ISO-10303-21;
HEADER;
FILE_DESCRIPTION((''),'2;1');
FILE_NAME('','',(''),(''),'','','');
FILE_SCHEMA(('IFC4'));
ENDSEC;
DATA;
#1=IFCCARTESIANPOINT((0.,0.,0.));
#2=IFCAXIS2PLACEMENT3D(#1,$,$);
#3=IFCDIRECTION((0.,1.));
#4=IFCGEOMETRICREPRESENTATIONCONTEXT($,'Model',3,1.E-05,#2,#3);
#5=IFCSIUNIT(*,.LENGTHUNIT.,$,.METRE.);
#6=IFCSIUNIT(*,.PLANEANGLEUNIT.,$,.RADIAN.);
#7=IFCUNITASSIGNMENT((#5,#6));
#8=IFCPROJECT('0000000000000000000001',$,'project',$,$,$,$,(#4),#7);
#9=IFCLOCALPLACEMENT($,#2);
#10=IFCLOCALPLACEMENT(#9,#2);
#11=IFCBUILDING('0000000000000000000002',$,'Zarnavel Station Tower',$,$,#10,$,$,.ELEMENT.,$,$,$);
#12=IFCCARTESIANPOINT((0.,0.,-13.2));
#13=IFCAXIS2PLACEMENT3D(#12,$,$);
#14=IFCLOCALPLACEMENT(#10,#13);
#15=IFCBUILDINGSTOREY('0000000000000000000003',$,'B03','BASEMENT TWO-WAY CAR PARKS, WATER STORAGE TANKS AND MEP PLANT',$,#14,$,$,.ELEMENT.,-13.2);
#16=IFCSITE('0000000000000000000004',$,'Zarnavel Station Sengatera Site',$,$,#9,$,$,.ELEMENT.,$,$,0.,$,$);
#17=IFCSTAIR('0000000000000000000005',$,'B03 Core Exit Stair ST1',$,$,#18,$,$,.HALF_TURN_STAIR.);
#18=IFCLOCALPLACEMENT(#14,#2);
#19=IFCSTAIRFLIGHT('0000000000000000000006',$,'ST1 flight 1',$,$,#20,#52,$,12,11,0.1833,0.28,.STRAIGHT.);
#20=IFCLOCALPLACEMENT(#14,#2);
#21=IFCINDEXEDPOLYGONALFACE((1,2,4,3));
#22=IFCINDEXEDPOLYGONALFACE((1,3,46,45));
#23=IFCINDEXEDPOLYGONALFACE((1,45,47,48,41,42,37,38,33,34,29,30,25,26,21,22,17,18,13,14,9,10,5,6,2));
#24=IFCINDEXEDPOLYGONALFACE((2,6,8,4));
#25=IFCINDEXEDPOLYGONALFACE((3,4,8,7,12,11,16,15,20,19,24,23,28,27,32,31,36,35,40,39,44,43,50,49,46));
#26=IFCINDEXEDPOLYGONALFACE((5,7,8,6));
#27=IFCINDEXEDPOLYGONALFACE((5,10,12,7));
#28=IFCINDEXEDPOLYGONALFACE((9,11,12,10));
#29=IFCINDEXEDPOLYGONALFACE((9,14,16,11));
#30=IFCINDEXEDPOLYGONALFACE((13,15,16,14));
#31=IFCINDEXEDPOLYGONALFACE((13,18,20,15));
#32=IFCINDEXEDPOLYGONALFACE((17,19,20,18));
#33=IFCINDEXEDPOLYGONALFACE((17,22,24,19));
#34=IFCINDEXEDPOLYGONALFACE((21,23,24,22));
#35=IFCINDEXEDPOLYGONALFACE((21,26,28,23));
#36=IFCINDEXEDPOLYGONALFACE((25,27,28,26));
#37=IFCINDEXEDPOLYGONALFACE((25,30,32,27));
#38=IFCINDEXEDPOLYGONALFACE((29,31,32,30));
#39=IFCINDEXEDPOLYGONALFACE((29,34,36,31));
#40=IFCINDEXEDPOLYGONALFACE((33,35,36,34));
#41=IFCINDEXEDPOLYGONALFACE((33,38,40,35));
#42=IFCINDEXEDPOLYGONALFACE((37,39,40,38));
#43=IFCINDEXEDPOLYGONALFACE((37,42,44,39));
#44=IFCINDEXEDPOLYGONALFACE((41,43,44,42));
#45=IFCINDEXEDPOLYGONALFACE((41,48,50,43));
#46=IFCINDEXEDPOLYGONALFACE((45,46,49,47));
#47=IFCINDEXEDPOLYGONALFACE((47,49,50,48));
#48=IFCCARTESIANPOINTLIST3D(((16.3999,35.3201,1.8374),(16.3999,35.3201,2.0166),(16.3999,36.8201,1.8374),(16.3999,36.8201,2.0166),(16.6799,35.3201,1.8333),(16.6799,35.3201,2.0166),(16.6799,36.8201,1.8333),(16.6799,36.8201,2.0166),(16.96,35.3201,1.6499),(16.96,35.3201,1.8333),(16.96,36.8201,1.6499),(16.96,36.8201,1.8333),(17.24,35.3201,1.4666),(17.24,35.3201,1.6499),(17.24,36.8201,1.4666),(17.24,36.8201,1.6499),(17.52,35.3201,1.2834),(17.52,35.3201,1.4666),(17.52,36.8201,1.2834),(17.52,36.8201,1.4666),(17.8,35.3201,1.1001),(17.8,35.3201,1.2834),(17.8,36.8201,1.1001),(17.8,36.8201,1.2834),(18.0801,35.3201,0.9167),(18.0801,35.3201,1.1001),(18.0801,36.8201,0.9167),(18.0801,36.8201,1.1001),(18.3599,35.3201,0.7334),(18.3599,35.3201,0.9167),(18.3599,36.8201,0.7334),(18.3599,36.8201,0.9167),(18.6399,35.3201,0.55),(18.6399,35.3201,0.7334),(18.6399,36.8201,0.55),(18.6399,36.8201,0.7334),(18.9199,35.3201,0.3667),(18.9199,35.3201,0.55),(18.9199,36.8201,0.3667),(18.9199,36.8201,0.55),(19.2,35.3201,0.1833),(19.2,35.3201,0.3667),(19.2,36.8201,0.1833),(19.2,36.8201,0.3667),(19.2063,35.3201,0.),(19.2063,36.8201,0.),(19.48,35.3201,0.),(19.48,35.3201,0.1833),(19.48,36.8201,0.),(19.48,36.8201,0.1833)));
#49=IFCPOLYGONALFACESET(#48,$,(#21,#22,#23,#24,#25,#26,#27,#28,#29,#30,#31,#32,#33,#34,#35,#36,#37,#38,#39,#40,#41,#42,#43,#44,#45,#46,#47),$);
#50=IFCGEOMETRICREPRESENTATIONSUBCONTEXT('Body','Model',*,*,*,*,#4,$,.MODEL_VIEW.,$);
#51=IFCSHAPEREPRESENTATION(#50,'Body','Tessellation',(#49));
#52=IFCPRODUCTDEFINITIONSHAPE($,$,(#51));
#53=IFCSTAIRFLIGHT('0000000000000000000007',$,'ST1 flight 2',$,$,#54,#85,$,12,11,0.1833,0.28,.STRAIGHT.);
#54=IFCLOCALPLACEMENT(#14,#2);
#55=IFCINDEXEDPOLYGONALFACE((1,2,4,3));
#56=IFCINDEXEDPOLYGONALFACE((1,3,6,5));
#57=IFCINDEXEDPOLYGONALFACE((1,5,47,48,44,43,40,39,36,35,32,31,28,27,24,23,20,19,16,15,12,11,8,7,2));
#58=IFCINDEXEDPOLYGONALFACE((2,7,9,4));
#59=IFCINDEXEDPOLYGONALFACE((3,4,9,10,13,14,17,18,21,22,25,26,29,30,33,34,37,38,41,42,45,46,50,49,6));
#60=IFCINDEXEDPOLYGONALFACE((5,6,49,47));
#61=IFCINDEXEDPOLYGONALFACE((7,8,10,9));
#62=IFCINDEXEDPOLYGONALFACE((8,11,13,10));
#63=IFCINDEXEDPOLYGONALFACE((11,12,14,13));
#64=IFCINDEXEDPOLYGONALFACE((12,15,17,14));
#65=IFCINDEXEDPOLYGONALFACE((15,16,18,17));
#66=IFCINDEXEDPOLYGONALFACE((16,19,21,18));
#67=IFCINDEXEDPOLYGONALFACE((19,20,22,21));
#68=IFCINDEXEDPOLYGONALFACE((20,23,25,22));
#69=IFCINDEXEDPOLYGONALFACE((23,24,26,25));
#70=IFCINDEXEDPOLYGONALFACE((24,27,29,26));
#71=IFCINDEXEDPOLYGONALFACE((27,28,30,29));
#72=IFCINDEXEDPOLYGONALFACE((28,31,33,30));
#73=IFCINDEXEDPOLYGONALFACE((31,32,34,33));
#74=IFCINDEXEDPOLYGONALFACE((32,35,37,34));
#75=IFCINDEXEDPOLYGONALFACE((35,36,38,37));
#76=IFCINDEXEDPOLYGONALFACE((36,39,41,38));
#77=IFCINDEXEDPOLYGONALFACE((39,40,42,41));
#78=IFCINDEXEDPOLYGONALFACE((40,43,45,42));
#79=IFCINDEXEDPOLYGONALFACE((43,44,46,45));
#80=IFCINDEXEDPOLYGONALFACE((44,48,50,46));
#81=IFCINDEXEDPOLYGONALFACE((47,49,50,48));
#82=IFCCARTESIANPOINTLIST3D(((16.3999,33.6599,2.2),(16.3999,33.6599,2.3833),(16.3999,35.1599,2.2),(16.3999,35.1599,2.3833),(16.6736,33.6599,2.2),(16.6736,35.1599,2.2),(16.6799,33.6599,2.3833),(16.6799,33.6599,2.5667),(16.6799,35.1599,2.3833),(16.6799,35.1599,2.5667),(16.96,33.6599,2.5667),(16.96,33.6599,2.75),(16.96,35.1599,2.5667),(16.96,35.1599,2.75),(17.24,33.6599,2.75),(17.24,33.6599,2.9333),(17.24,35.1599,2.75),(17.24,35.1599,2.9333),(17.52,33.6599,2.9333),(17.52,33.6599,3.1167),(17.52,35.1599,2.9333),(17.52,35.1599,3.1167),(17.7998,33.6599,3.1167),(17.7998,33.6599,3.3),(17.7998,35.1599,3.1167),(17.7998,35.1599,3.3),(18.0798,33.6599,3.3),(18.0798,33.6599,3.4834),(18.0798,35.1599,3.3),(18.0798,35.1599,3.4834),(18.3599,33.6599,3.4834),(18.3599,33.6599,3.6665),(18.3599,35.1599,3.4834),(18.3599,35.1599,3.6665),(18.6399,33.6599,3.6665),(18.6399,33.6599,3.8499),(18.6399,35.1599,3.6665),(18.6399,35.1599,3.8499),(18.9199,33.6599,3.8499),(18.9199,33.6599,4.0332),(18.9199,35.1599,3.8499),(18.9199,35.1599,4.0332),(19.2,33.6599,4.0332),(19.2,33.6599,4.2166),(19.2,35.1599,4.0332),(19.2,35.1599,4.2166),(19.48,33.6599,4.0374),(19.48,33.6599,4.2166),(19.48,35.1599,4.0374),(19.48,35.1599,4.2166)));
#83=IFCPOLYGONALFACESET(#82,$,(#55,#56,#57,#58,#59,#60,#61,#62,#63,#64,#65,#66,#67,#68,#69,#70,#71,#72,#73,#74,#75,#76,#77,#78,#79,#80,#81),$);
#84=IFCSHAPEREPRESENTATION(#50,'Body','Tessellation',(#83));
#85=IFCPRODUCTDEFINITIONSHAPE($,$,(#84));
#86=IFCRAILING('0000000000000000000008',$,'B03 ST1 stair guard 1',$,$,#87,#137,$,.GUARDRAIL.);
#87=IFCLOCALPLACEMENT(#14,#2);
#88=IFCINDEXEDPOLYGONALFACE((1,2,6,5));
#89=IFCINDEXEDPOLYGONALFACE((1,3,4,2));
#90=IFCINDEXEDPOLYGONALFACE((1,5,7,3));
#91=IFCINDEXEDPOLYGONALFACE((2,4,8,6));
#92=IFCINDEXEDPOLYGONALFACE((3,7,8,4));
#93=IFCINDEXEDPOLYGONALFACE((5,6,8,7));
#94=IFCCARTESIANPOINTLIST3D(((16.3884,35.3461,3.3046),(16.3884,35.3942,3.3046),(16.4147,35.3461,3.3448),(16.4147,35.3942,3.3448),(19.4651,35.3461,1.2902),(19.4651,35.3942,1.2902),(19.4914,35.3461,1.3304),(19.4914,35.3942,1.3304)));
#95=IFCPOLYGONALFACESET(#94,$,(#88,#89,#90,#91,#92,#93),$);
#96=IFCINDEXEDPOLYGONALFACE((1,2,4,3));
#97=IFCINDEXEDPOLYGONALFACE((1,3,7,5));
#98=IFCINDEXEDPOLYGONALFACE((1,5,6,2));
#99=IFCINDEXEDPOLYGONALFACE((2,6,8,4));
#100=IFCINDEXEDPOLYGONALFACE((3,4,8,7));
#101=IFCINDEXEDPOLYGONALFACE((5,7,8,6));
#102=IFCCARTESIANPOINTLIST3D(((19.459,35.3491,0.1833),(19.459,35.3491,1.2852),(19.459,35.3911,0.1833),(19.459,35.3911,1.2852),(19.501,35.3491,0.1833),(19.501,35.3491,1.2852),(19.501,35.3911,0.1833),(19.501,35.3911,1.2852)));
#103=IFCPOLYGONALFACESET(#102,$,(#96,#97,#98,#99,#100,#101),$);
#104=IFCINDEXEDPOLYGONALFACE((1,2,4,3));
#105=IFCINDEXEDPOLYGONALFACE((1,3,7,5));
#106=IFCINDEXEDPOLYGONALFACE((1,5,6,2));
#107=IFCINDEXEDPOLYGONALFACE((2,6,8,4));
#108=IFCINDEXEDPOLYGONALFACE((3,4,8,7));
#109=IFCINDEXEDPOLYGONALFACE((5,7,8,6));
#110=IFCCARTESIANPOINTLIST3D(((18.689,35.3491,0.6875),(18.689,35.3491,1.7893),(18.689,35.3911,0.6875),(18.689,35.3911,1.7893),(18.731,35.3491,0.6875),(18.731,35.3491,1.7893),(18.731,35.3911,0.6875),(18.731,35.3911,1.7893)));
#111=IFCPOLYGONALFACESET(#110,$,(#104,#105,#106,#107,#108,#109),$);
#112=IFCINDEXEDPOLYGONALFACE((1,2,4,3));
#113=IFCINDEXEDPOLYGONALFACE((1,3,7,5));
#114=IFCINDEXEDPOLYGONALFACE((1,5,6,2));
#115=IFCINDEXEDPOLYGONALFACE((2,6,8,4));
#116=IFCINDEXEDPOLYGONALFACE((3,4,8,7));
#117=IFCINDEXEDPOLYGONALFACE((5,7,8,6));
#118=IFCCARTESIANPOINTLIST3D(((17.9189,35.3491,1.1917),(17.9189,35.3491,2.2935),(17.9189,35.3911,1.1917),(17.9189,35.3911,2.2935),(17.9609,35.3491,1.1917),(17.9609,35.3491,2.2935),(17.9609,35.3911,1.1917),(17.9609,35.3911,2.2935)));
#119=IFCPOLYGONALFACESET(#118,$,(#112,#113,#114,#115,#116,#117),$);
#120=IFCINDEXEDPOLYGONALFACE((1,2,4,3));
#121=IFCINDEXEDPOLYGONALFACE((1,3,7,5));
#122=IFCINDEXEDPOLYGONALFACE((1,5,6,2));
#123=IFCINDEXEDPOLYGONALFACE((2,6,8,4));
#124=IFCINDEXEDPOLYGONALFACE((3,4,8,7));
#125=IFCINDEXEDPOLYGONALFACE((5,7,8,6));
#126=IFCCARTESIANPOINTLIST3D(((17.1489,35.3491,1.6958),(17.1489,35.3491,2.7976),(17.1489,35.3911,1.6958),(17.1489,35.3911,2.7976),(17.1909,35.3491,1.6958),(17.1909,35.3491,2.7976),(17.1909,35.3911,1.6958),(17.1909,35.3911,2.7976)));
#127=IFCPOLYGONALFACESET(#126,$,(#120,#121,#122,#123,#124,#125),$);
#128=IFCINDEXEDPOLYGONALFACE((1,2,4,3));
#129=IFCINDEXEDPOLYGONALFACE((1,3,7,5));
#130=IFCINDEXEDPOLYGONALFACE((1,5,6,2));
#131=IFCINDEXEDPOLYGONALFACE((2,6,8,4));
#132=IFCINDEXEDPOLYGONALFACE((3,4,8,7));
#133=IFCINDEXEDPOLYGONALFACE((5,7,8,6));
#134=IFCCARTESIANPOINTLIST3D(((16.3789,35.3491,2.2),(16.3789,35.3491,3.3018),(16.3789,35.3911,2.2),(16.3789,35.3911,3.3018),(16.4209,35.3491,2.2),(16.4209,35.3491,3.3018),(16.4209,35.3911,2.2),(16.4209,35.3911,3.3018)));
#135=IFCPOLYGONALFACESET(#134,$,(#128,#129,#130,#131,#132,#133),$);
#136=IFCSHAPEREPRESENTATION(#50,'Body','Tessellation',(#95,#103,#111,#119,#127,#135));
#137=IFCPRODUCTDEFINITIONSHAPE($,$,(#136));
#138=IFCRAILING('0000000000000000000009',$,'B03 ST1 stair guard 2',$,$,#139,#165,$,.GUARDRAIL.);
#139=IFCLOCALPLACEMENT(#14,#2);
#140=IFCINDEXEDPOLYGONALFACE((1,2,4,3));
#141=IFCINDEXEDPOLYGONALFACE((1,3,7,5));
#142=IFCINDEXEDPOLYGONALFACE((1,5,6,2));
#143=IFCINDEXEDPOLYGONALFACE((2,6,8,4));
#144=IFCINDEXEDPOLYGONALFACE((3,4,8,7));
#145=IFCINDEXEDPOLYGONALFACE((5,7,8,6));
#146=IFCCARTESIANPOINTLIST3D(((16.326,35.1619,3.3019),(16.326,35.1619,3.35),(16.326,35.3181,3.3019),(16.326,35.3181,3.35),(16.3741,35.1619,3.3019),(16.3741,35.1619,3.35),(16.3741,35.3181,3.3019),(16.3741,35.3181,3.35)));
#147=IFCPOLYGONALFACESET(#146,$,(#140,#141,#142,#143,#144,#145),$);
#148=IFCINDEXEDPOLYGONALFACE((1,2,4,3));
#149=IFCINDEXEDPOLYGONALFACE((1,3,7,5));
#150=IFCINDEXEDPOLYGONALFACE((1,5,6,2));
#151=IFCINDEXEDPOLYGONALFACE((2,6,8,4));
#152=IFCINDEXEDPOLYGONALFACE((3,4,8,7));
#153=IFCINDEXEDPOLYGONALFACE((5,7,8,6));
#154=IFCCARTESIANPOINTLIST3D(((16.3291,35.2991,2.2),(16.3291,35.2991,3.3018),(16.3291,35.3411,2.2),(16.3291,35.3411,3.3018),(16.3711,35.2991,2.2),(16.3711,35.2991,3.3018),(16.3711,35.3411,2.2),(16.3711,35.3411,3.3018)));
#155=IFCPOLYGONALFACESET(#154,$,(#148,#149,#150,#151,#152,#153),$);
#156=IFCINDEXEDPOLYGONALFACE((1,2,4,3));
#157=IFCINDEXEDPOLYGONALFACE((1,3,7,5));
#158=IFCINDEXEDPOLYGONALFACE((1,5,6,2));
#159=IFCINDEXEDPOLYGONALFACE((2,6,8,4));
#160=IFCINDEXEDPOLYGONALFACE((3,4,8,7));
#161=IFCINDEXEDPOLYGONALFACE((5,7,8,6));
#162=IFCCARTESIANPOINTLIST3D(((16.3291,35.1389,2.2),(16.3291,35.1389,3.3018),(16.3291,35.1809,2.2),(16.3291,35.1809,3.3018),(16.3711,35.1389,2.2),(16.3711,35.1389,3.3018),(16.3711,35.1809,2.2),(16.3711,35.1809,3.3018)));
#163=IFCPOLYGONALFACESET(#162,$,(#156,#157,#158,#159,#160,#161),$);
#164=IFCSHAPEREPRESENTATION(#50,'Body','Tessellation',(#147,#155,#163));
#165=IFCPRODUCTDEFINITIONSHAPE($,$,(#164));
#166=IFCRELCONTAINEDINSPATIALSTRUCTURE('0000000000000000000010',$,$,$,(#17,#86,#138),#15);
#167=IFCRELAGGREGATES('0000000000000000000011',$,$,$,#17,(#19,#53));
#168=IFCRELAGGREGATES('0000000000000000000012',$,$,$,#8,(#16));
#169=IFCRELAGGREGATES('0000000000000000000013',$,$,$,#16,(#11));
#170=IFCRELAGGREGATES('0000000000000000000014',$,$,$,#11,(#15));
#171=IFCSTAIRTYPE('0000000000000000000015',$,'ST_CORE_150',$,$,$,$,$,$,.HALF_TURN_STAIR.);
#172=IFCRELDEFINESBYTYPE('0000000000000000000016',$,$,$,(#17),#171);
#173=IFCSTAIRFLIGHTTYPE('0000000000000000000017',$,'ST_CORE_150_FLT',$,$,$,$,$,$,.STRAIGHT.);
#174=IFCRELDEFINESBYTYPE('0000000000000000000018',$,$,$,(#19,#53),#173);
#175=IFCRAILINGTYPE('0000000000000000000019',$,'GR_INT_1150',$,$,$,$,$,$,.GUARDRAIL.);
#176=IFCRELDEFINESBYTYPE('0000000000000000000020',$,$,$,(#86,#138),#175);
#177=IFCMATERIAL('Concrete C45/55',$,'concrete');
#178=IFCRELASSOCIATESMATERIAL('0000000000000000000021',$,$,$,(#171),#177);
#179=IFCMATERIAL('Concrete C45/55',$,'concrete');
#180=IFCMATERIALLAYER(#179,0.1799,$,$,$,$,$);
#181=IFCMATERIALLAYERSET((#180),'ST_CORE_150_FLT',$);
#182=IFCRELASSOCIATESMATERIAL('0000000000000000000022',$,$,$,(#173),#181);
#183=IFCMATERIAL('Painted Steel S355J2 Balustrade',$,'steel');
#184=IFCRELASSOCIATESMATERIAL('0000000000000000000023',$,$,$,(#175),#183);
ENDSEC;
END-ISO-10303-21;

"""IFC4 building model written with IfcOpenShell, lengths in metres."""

from ifc_helpers import new_model, si_unit, direction, frame, origin, origin_2d, place, context, subcontext, project, spatial, polyline, rectangle, outline, extrude, material, layer, layer_set, type_object, element, aggregate, save


model = new_model("IFC4")

# Units and contexts
model_context = context("Model", 3, precision=1e-05, world=origin(), true_north=direction((0.0, 1.0)))
body_context = subcontext(model_context, "Body", "Model", "MODEL_VIEW")
ifc_project = project(units=[si_unit("LENGTHUNIT", "METRE"), si_unit("PLANEANGLEUNIT", "RADIAN")], contexts=[model_context])

# Site, building, storey
site_placement = place(None, origin())
site = spatial("IfcSite", under=ifc_project, at=site_placement, Name="Zarnavel Station Sengatera Site", CompositionType="ELEMENT", RefElevation=0.0)
building_placement = place(site_placement, origin())
building = spatial("IfcBuilding", under=site, at=building_placement, Name="Zarnavel Station Tower", CompositionType="ELEMENT")
storey_placement = place(building_placement, frame((0.0, 0.0, -13.2)))
storey = spatial("IfcBuildingStorey", under=building, at=storey_placement, Name="B03", Description="BASEMENT TWO-WAY CAR PARKS, WATER STORAGE TANKS AND MEP PLANT", CompositionType="ELEMENT", Elevation=-13.2)

# Stair, stair flights
ifc_material_1 = material(Name="Concrete C45/55", Category="concrete")
stair_type = type_object("IfcStairType", Name="ST_CORE_150", PredefinedType="HALF_TURN_STAIR", material=ifc_material_1)
stair_placement = place(storey_placement, origin())
stair = element("IfcStair", 1, at=stair_placement, inside=storey, type_object=stair_type, Name="B03 Core Exit Stair ST1", PredefinedType="HALF_TURN_STAIR")
ifc_material_2 = material(Name="Concrete C45/55", Category="concrete")
ifc_layer_1 = layer(ifc_material_2, 0.1799)
ifc_layer_set_1 = layer_set([ifc_layer_1], Name="ST_CORE_150_FLT")
stair_flight_type = type_object("IfcStairFlightType", Name="ST_CORE_150_FLT", PredefinedType="STRAIGHT", material=ifc_layer_set_1)
stair_flight_1_placement = place(storey_placement, frame((19.48, 36.0701, 0.0), z_axis=(0.0, 0.0, 1.0), x_axis=(-1.0, 0.0, 0.0)))
stair_flight_1 = element("IfcStairFlight", 2, at=stair_flight_1_placement, type_object=stair_flight_type, Name="ST1 flight 1", NumberOfRisers=12, NumberOfTreads=11, PredefinedType="STRAIGHT", RiserHeight=0.1833, TreadLength=0.28, context=body_context, shape_type="SweptSolid", body=[
    extrude(outline(polyline([(0.0, 0.0), (0.0, 0.1833), (0.28, 0.1833), (0.28, 0.3667), (0.5601, 0.3667), (0.5601, 0.55), (0.8401, 0.55), (0.8401, 0.7334), (1.1201, 0.7334), (1.1201, 0.9167), (1.3999, 0.9167), (1.3999, 1.1001), (1.6799, 1.1001), (1.6799, 1.2834), (1.96, 1.2834), (1.96, 1.4666), (2.24, 1.4666), (2.24, 1.6499), (2.52, 1.6499), (2.52, 1.8333), (2.8, 1.8333), (2.8, 2.0166), (3.0801, 2.0166), (3.0801, 2.2), (3.0801, 1.8374), (0.2737, 0.0), (0.0, 0.0)])), frame((0.0, 0.75, 0.0), z_axis=(0.0, -1.0, 0.0), x_axis=(1.0, 0.0, 0.0)), (0.0, 0.0, 1.0), 1.5),
])
stair_flight_2_placement = place(storey_placement, frame((16.3999, 34.4099, 2.2), z_axis=(0.0, 0.0, 1.0), x_axis=(1.0, 0.0, 0.0)))
stair_flight_2 = element("IfcStairFlight", 3, at=stair_flight_2_placement, type_object=stair_flight_type, Name="ST1 flight 2", NumberOfRisers=12, NumberOfTreads=11, PredefinedType="STRAIGHT", RiserHeight=0.1833, TreadLength=0.28, context=body_context, shape_type="SweptSolid", body=[
    extrude(outline(polyline([(0.0, 0.0), (0.0, 0.1833), (0.28, 0.1833), (0.28, 0.3667), (0.5601, 0.3667), (0.5601, 0.55), (0.8401, 0.55), (0.8401, 0.7334), (1.1201, 0.7334), (1.1201, 0.9167), (1.3999, 0.9167), (1.3999, 1.1001), (1.6799, 1.1001), (1.6799, 1.2834), (1.96, 1.2834), (1.96, 1.4666), (2.24, 1.4666), (2.24, 1.6499), (2.52, 1.6499), (2.52, 1.8333), (2.8, 1.8333), (2.8, 2.0166), (3.0801, 2.0166), (3.0801, 2.2), (3.0801, 1.8374), (0.2737, 0.0), (0.0, 0.0)])), frame((0.0, 0.75, 0.0), z_axis=(0.0, -1.0, 0.0), x_axis=(1.0, 0.0, 0.0)), (0.0, 0.0, 1.0), 1.5),
])
aggregate(stair, [stair_flight_1, stair_flight_2])

# Railings
ifc_material_3 = material(Name="Painted Steel S355J2 Balustrade", Category="steel")
railing_type_1 = type_object("IfcRailingType", Name="GR_INT_1150", PredefinedType="GUARDRAIL", material=ifc_material_3)
railing_1_placement = place(storey_placement, frame((19.48, 35.3701, 0.1833)))
element("IfcRailing", 4, at=railing_1_placement, inside=storey, type_object=railing_type_1, Name="B03 ST1 stair guard 1", PredefinedType="GUARDRAIL", context=body_context, shape_type="SweptSolid", body=[
    extrude(rectangle(XDim=0.0481, YDim=0.0481, at=origin_2d()), frame((-0.0017, 0.0, 1.127), z_axis=(-0.836633, 0.0, 0.547764), x_axis=(0.0, -1.0, 0.0)), (0.0, 0.0, 1.0), 3.6775),
    extrude(rectangle(XDim=0.042, YDim=0.042, at=origin_2d()), origin(), (0.0, 0.0, 1.0), 1.1018),
    extrude(rectangle(XDim=0.042, YDim=0.042, at=origin_2d()), frame((-0.77, 0.0, 0.5042)), (0.0, 0.0, 1.0), 1.1018),
    extrude(rectangle(XDim=0.042, YDim=0.042, at=origin_2d()), frame((-1.54, 0.0, 1.0083)), (0.0, 0.0, 1.0), 1.1018),
    extrude(rectangle(XDim=0.042, YDim=0.042, at=origin_2d()), frame((-2.3101, 0.0, 1.5125)), (0.0, 0.0, 1.0), 1.1018),
    extrude(rectangle(XDim=0.042, YDim=0.042, at=origin_2d()), frame((-3.0801, 0.0, 2.0166)), (0.0, 0.0, 1.0), 1.1018),
])
railing_2_placement = place(storey_placement, frame((16.3501, 35.3201, 2.2)))
element("IfcRailing", 5, at=railing_2_placement, inside=storey, type_object=railing_type_1, Name="B03 ST1 stair guard 2", PredefinedType="GUARDRAIL", context=body_context, shape_type="SweptSolid", body=[
    extrude(rectangle(XDim=0.0481, YDim=0.0481, at=origin_2d()), frame((0.0, -0.002, 1.126), z_axis=(0.0, -1.0, 0.0), x_axis=(1.0, 0.0, 0.0)), (0.0, 0.0, 1.0), 0.1562),
    extrude(rectangle(XDim=0.042, YDim=0.042, at=origin_2d()), origin(), (0.0, 0.0, 1.0), 1.1018),
    extrude(rectangle(XDim=0.042, YDim=0.042, at=origin_2d()), frame((0.0, -0.1602, 0.0)), (0.0, 0.0, 1.0), 1.1018),
])

save(model, "model.ifc")
